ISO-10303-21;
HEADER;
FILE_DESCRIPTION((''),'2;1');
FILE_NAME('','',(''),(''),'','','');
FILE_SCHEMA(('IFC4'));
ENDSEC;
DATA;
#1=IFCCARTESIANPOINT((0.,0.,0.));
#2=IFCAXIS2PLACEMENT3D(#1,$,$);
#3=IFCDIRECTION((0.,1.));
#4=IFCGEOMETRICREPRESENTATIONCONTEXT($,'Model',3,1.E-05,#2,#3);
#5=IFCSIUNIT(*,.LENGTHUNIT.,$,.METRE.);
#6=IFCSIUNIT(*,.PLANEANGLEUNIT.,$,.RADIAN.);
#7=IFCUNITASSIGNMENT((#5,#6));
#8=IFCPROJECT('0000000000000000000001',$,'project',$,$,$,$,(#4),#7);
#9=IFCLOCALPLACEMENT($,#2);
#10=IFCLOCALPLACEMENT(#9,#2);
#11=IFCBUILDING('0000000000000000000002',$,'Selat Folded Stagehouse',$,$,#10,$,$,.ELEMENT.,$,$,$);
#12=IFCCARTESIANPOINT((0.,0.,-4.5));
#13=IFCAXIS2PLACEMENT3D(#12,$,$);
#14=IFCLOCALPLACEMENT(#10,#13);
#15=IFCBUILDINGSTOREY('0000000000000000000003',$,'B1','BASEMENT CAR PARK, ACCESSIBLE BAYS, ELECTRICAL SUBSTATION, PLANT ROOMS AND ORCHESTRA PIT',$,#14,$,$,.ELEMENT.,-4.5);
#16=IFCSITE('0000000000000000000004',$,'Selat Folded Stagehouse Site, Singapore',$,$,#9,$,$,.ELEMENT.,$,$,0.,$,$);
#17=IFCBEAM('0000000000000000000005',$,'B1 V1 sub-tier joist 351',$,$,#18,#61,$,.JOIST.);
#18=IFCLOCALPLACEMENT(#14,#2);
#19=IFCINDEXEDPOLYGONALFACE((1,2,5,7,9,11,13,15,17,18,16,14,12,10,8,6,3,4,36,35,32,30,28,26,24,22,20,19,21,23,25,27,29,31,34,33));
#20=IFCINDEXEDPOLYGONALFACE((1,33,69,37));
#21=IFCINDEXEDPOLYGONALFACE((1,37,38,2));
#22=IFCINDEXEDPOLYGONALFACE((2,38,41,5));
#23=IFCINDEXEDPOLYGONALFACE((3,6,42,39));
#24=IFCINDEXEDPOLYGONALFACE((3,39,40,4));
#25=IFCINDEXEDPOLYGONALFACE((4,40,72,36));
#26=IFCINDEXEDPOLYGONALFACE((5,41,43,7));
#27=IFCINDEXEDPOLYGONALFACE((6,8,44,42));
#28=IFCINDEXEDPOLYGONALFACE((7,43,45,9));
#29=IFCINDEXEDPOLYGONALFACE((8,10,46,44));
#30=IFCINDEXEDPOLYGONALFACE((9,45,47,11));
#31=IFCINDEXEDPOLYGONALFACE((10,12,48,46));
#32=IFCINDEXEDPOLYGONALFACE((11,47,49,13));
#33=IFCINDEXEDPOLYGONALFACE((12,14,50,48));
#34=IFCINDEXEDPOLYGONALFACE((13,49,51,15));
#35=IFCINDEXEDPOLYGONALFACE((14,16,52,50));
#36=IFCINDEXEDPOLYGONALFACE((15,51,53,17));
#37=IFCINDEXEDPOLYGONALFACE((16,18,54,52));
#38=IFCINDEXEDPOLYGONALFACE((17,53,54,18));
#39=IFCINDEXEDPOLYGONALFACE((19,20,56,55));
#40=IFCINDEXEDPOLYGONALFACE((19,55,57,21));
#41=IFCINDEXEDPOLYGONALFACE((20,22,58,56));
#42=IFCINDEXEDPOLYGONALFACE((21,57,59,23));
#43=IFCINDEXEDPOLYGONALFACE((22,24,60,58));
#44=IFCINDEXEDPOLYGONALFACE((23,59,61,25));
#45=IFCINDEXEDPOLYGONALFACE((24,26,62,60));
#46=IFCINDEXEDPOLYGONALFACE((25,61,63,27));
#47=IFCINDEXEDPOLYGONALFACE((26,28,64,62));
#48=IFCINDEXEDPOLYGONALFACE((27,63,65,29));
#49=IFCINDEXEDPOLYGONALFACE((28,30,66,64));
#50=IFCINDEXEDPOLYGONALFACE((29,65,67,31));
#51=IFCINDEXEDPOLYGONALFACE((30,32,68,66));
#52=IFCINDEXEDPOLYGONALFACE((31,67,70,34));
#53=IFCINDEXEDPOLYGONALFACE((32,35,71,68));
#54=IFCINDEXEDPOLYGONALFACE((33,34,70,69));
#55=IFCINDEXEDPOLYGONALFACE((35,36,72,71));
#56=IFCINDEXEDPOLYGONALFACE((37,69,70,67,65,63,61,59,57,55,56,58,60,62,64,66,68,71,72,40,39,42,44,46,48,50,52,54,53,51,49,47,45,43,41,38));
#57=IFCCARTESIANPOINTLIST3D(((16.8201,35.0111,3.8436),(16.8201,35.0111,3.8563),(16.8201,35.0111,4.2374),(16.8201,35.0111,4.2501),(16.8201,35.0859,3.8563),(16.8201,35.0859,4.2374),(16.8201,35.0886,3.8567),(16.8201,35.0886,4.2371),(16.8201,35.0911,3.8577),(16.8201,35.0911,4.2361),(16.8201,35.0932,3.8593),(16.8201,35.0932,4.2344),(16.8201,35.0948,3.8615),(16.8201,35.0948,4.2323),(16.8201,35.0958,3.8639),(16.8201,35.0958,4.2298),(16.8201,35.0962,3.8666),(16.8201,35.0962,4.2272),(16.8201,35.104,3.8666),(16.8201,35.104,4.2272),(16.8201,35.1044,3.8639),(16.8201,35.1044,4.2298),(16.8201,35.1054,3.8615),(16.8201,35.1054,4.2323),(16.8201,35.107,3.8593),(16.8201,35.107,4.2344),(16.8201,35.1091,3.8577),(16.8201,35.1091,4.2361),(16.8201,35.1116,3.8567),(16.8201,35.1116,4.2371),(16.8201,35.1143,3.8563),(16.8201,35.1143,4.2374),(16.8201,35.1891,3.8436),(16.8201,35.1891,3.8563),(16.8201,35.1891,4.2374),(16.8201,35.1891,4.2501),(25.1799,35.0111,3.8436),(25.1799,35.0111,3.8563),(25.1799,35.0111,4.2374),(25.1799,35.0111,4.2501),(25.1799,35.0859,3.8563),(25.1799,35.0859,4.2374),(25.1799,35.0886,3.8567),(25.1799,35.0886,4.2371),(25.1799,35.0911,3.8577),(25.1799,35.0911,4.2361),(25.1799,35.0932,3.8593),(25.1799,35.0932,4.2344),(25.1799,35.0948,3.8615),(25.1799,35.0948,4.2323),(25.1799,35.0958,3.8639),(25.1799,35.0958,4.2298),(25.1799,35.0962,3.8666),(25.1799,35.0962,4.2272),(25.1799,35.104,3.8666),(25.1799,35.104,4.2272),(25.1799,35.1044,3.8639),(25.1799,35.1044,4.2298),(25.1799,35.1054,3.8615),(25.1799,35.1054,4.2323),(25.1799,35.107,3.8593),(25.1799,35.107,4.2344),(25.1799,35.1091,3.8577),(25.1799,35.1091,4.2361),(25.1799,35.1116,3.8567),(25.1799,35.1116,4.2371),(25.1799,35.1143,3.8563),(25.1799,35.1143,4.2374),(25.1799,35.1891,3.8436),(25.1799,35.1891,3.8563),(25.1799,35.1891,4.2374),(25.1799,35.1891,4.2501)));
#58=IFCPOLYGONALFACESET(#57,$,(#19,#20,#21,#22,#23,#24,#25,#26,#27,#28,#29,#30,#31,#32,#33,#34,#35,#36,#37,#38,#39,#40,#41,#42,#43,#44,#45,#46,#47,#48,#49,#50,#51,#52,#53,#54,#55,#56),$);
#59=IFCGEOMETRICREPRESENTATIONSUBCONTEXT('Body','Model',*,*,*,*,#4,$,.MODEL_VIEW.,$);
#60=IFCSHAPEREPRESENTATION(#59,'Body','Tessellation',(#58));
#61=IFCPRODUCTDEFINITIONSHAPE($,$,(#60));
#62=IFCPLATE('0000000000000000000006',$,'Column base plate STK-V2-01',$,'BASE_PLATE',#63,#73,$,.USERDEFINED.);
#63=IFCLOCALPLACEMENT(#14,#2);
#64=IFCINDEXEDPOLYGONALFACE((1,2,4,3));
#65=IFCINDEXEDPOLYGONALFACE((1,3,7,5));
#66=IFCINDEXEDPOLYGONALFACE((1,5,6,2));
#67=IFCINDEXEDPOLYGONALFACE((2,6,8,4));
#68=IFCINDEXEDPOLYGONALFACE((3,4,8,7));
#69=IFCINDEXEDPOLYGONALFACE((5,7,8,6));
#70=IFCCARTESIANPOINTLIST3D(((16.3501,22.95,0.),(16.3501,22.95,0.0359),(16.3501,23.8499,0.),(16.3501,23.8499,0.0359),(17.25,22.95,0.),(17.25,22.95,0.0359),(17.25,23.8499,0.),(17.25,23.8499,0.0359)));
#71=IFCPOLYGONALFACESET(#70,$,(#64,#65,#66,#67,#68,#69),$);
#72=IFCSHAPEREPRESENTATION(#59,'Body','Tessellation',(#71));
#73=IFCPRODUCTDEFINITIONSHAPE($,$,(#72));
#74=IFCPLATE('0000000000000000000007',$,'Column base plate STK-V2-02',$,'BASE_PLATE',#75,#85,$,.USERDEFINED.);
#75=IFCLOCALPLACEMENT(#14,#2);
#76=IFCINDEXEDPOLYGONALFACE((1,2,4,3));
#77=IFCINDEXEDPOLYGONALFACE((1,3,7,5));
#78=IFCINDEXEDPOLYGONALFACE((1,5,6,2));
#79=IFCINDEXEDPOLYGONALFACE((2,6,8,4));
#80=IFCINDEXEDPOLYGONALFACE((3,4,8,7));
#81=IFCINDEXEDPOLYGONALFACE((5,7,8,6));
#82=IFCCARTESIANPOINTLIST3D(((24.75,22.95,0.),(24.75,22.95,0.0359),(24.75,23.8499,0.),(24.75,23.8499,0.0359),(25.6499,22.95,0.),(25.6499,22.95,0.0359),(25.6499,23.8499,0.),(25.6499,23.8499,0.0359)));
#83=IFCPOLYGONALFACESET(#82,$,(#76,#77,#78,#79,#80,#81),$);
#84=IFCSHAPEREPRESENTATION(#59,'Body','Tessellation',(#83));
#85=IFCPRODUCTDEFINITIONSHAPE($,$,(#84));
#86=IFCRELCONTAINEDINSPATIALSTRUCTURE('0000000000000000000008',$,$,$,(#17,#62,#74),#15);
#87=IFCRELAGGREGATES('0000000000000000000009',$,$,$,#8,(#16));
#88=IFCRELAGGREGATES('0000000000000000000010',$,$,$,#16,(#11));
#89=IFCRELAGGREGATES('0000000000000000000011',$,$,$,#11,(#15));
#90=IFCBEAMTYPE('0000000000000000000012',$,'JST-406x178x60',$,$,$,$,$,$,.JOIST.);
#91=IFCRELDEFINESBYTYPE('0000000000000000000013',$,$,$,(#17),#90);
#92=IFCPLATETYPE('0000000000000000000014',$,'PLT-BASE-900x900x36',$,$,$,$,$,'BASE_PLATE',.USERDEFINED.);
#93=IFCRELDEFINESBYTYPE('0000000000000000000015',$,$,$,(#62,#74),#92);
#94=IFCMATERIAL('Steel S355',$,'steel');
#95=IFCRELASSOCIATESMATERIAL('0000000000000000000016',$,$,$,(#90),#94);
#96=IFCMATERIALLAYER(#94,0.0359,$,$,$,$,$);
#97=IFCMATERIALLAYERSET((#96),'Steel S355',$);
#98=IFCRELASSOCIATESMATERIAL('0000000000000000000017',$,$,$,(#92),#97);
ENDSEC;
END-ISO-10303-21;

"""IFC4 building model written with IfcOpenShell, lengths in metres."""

from ifc_helpers import new_model, si_unit, direction, frame, origin, origin_2d, place, context, subcontext, project, spatial, rectangle, i_section, extrude, material, layer, layer_set, material_profile, profile_set, type_object, element, save


model = new_model("IFC4")

# Units and contexts
model_context = context("Model", 3, precision=1e-05, world=origin(), true_north=direction((0.0, 1.0)))
body_context = subcontext(model_context, "Body", "Model", "MODEL_VIEW")
ifc_project = project(units=[si_unit("LENGTHUNIT", "METRE"), si_unit("PLANEANGLEUNIT", "RADIAN")], contexts=[model_context])

# Site, building, storey
site_placement = place(None, origin())
site = spatial("IfcSite", under=ifc_project, at=site_placement, Name="Selat Folded Stagehouse Site, Singapore", CompositionType="ELEMENT", RefElevation=0.0)
building_placement = place(site_placement, origin())
building = spatial("IfcBuilding", under=site, at=building_placement, Name="Selat Folded Stagehouse", CompositionType="ELEMENT")
storey_placement = place(building_placement, frame((0.0, 0.0, -4.5)))
storey = spatial("IfcBuildingStorey", under=building, at=storey_placement, Name="B1", Description="BASEMENT CAR PARK, ACCESSIBLE BAYS, ELECTRICAL SUBSTATION, PLANT ROOMS AND ORCHESTRA PIT", CompositionType="ELEMENT", Elevation=-4.5)

# Shared definitions
ifc_material_1 = material(Name="Steel S355", Category="steel")

# Beam
ifc_material_profile_1 = material_profile(ifc_material_1, i_section(OverallWidth=0.178, OverallDepth=0.4065, WebThickness=0.0078, FlangeThickness=0.0127, FilletRadius=0.0103, at=origin_2d()), Name="UKB 406x178x60")
ifc_profile_set_1 = profile_set([ifc_material_profile_1], Name="Steel S355")
beam_type_1 = type_object("IfcBeamType", Name="JST-406x178x60", PredefinedType="JOIST", material=ifc_profile_set_1)
for number, where, z_axis, x_axis, name in (
    (1, (16.8201, 35.1001, 4.0469), (1.0, 0.0, 0.0), (0.0, 1.0, 0.0), "B1 V1 sub-tier joist 351"),
):
    element("IfcBeam", number, at=place(storey_placement, frame(where, z_axis=z_axis, x_axis=x_axis)), inside=storey, type_object=beam_type_1, Name=name, PredefinedType="JOIST", context=body_context, shape_type="SweptSolid", body=[
        extrude(i_section(OverallWidth=0.178, OverallDepth=0.4065, WebThickness=0.0078, FlangeThickness=0.0127, FilletRadius=0.0103, at=origin_2d()), origin(), (0.0, 0.0, 1.0), 8.3599),
    ])

# Plates
ifc_layer = layer(ifc_material_1, 0.0359)
ifc_layer_set = layer_set([ifc_layer], Name="Steel S355")
plate_type = type_object("IfcPlateType", Name="PLT-BASE-900x900x36", ElementType="BASE_PLATE", PredefinedType="USERDEFINED", material=ifc_layer_set)
for number, where, z_axis, x_axis, name in (
    (2, (16.8, 23.3999, 0.0), (0.0, 0.0, 1.0), (1.0, 0.0, 0.0), "Column base plate STK-V2-01"),
    (3, (25.2, 23.3999, 0.0), (0.0, 0.0, 1.0), (1.0, 0.0, 0.0), "Column base plate STK-V2-02"),
):
    element("IfcPlate", number, at=place(storey_placement, frame(where, z_axis=z_axis, x_axis=x_axis)), inside=storey, type_object=plate_type, Name=name, ObjectType="BASE_PLATE", PredefinedType="USERDEFINED", context=body_context, shape_type="SweptSolid", body=[
        extrude(rectangle(XDim=0.8999, YDim=0.8999, at=origin_2d()), origin(), (0.0, 0.0, 1.0), 0.0359),
    ])

save(model, "model.ifc")
